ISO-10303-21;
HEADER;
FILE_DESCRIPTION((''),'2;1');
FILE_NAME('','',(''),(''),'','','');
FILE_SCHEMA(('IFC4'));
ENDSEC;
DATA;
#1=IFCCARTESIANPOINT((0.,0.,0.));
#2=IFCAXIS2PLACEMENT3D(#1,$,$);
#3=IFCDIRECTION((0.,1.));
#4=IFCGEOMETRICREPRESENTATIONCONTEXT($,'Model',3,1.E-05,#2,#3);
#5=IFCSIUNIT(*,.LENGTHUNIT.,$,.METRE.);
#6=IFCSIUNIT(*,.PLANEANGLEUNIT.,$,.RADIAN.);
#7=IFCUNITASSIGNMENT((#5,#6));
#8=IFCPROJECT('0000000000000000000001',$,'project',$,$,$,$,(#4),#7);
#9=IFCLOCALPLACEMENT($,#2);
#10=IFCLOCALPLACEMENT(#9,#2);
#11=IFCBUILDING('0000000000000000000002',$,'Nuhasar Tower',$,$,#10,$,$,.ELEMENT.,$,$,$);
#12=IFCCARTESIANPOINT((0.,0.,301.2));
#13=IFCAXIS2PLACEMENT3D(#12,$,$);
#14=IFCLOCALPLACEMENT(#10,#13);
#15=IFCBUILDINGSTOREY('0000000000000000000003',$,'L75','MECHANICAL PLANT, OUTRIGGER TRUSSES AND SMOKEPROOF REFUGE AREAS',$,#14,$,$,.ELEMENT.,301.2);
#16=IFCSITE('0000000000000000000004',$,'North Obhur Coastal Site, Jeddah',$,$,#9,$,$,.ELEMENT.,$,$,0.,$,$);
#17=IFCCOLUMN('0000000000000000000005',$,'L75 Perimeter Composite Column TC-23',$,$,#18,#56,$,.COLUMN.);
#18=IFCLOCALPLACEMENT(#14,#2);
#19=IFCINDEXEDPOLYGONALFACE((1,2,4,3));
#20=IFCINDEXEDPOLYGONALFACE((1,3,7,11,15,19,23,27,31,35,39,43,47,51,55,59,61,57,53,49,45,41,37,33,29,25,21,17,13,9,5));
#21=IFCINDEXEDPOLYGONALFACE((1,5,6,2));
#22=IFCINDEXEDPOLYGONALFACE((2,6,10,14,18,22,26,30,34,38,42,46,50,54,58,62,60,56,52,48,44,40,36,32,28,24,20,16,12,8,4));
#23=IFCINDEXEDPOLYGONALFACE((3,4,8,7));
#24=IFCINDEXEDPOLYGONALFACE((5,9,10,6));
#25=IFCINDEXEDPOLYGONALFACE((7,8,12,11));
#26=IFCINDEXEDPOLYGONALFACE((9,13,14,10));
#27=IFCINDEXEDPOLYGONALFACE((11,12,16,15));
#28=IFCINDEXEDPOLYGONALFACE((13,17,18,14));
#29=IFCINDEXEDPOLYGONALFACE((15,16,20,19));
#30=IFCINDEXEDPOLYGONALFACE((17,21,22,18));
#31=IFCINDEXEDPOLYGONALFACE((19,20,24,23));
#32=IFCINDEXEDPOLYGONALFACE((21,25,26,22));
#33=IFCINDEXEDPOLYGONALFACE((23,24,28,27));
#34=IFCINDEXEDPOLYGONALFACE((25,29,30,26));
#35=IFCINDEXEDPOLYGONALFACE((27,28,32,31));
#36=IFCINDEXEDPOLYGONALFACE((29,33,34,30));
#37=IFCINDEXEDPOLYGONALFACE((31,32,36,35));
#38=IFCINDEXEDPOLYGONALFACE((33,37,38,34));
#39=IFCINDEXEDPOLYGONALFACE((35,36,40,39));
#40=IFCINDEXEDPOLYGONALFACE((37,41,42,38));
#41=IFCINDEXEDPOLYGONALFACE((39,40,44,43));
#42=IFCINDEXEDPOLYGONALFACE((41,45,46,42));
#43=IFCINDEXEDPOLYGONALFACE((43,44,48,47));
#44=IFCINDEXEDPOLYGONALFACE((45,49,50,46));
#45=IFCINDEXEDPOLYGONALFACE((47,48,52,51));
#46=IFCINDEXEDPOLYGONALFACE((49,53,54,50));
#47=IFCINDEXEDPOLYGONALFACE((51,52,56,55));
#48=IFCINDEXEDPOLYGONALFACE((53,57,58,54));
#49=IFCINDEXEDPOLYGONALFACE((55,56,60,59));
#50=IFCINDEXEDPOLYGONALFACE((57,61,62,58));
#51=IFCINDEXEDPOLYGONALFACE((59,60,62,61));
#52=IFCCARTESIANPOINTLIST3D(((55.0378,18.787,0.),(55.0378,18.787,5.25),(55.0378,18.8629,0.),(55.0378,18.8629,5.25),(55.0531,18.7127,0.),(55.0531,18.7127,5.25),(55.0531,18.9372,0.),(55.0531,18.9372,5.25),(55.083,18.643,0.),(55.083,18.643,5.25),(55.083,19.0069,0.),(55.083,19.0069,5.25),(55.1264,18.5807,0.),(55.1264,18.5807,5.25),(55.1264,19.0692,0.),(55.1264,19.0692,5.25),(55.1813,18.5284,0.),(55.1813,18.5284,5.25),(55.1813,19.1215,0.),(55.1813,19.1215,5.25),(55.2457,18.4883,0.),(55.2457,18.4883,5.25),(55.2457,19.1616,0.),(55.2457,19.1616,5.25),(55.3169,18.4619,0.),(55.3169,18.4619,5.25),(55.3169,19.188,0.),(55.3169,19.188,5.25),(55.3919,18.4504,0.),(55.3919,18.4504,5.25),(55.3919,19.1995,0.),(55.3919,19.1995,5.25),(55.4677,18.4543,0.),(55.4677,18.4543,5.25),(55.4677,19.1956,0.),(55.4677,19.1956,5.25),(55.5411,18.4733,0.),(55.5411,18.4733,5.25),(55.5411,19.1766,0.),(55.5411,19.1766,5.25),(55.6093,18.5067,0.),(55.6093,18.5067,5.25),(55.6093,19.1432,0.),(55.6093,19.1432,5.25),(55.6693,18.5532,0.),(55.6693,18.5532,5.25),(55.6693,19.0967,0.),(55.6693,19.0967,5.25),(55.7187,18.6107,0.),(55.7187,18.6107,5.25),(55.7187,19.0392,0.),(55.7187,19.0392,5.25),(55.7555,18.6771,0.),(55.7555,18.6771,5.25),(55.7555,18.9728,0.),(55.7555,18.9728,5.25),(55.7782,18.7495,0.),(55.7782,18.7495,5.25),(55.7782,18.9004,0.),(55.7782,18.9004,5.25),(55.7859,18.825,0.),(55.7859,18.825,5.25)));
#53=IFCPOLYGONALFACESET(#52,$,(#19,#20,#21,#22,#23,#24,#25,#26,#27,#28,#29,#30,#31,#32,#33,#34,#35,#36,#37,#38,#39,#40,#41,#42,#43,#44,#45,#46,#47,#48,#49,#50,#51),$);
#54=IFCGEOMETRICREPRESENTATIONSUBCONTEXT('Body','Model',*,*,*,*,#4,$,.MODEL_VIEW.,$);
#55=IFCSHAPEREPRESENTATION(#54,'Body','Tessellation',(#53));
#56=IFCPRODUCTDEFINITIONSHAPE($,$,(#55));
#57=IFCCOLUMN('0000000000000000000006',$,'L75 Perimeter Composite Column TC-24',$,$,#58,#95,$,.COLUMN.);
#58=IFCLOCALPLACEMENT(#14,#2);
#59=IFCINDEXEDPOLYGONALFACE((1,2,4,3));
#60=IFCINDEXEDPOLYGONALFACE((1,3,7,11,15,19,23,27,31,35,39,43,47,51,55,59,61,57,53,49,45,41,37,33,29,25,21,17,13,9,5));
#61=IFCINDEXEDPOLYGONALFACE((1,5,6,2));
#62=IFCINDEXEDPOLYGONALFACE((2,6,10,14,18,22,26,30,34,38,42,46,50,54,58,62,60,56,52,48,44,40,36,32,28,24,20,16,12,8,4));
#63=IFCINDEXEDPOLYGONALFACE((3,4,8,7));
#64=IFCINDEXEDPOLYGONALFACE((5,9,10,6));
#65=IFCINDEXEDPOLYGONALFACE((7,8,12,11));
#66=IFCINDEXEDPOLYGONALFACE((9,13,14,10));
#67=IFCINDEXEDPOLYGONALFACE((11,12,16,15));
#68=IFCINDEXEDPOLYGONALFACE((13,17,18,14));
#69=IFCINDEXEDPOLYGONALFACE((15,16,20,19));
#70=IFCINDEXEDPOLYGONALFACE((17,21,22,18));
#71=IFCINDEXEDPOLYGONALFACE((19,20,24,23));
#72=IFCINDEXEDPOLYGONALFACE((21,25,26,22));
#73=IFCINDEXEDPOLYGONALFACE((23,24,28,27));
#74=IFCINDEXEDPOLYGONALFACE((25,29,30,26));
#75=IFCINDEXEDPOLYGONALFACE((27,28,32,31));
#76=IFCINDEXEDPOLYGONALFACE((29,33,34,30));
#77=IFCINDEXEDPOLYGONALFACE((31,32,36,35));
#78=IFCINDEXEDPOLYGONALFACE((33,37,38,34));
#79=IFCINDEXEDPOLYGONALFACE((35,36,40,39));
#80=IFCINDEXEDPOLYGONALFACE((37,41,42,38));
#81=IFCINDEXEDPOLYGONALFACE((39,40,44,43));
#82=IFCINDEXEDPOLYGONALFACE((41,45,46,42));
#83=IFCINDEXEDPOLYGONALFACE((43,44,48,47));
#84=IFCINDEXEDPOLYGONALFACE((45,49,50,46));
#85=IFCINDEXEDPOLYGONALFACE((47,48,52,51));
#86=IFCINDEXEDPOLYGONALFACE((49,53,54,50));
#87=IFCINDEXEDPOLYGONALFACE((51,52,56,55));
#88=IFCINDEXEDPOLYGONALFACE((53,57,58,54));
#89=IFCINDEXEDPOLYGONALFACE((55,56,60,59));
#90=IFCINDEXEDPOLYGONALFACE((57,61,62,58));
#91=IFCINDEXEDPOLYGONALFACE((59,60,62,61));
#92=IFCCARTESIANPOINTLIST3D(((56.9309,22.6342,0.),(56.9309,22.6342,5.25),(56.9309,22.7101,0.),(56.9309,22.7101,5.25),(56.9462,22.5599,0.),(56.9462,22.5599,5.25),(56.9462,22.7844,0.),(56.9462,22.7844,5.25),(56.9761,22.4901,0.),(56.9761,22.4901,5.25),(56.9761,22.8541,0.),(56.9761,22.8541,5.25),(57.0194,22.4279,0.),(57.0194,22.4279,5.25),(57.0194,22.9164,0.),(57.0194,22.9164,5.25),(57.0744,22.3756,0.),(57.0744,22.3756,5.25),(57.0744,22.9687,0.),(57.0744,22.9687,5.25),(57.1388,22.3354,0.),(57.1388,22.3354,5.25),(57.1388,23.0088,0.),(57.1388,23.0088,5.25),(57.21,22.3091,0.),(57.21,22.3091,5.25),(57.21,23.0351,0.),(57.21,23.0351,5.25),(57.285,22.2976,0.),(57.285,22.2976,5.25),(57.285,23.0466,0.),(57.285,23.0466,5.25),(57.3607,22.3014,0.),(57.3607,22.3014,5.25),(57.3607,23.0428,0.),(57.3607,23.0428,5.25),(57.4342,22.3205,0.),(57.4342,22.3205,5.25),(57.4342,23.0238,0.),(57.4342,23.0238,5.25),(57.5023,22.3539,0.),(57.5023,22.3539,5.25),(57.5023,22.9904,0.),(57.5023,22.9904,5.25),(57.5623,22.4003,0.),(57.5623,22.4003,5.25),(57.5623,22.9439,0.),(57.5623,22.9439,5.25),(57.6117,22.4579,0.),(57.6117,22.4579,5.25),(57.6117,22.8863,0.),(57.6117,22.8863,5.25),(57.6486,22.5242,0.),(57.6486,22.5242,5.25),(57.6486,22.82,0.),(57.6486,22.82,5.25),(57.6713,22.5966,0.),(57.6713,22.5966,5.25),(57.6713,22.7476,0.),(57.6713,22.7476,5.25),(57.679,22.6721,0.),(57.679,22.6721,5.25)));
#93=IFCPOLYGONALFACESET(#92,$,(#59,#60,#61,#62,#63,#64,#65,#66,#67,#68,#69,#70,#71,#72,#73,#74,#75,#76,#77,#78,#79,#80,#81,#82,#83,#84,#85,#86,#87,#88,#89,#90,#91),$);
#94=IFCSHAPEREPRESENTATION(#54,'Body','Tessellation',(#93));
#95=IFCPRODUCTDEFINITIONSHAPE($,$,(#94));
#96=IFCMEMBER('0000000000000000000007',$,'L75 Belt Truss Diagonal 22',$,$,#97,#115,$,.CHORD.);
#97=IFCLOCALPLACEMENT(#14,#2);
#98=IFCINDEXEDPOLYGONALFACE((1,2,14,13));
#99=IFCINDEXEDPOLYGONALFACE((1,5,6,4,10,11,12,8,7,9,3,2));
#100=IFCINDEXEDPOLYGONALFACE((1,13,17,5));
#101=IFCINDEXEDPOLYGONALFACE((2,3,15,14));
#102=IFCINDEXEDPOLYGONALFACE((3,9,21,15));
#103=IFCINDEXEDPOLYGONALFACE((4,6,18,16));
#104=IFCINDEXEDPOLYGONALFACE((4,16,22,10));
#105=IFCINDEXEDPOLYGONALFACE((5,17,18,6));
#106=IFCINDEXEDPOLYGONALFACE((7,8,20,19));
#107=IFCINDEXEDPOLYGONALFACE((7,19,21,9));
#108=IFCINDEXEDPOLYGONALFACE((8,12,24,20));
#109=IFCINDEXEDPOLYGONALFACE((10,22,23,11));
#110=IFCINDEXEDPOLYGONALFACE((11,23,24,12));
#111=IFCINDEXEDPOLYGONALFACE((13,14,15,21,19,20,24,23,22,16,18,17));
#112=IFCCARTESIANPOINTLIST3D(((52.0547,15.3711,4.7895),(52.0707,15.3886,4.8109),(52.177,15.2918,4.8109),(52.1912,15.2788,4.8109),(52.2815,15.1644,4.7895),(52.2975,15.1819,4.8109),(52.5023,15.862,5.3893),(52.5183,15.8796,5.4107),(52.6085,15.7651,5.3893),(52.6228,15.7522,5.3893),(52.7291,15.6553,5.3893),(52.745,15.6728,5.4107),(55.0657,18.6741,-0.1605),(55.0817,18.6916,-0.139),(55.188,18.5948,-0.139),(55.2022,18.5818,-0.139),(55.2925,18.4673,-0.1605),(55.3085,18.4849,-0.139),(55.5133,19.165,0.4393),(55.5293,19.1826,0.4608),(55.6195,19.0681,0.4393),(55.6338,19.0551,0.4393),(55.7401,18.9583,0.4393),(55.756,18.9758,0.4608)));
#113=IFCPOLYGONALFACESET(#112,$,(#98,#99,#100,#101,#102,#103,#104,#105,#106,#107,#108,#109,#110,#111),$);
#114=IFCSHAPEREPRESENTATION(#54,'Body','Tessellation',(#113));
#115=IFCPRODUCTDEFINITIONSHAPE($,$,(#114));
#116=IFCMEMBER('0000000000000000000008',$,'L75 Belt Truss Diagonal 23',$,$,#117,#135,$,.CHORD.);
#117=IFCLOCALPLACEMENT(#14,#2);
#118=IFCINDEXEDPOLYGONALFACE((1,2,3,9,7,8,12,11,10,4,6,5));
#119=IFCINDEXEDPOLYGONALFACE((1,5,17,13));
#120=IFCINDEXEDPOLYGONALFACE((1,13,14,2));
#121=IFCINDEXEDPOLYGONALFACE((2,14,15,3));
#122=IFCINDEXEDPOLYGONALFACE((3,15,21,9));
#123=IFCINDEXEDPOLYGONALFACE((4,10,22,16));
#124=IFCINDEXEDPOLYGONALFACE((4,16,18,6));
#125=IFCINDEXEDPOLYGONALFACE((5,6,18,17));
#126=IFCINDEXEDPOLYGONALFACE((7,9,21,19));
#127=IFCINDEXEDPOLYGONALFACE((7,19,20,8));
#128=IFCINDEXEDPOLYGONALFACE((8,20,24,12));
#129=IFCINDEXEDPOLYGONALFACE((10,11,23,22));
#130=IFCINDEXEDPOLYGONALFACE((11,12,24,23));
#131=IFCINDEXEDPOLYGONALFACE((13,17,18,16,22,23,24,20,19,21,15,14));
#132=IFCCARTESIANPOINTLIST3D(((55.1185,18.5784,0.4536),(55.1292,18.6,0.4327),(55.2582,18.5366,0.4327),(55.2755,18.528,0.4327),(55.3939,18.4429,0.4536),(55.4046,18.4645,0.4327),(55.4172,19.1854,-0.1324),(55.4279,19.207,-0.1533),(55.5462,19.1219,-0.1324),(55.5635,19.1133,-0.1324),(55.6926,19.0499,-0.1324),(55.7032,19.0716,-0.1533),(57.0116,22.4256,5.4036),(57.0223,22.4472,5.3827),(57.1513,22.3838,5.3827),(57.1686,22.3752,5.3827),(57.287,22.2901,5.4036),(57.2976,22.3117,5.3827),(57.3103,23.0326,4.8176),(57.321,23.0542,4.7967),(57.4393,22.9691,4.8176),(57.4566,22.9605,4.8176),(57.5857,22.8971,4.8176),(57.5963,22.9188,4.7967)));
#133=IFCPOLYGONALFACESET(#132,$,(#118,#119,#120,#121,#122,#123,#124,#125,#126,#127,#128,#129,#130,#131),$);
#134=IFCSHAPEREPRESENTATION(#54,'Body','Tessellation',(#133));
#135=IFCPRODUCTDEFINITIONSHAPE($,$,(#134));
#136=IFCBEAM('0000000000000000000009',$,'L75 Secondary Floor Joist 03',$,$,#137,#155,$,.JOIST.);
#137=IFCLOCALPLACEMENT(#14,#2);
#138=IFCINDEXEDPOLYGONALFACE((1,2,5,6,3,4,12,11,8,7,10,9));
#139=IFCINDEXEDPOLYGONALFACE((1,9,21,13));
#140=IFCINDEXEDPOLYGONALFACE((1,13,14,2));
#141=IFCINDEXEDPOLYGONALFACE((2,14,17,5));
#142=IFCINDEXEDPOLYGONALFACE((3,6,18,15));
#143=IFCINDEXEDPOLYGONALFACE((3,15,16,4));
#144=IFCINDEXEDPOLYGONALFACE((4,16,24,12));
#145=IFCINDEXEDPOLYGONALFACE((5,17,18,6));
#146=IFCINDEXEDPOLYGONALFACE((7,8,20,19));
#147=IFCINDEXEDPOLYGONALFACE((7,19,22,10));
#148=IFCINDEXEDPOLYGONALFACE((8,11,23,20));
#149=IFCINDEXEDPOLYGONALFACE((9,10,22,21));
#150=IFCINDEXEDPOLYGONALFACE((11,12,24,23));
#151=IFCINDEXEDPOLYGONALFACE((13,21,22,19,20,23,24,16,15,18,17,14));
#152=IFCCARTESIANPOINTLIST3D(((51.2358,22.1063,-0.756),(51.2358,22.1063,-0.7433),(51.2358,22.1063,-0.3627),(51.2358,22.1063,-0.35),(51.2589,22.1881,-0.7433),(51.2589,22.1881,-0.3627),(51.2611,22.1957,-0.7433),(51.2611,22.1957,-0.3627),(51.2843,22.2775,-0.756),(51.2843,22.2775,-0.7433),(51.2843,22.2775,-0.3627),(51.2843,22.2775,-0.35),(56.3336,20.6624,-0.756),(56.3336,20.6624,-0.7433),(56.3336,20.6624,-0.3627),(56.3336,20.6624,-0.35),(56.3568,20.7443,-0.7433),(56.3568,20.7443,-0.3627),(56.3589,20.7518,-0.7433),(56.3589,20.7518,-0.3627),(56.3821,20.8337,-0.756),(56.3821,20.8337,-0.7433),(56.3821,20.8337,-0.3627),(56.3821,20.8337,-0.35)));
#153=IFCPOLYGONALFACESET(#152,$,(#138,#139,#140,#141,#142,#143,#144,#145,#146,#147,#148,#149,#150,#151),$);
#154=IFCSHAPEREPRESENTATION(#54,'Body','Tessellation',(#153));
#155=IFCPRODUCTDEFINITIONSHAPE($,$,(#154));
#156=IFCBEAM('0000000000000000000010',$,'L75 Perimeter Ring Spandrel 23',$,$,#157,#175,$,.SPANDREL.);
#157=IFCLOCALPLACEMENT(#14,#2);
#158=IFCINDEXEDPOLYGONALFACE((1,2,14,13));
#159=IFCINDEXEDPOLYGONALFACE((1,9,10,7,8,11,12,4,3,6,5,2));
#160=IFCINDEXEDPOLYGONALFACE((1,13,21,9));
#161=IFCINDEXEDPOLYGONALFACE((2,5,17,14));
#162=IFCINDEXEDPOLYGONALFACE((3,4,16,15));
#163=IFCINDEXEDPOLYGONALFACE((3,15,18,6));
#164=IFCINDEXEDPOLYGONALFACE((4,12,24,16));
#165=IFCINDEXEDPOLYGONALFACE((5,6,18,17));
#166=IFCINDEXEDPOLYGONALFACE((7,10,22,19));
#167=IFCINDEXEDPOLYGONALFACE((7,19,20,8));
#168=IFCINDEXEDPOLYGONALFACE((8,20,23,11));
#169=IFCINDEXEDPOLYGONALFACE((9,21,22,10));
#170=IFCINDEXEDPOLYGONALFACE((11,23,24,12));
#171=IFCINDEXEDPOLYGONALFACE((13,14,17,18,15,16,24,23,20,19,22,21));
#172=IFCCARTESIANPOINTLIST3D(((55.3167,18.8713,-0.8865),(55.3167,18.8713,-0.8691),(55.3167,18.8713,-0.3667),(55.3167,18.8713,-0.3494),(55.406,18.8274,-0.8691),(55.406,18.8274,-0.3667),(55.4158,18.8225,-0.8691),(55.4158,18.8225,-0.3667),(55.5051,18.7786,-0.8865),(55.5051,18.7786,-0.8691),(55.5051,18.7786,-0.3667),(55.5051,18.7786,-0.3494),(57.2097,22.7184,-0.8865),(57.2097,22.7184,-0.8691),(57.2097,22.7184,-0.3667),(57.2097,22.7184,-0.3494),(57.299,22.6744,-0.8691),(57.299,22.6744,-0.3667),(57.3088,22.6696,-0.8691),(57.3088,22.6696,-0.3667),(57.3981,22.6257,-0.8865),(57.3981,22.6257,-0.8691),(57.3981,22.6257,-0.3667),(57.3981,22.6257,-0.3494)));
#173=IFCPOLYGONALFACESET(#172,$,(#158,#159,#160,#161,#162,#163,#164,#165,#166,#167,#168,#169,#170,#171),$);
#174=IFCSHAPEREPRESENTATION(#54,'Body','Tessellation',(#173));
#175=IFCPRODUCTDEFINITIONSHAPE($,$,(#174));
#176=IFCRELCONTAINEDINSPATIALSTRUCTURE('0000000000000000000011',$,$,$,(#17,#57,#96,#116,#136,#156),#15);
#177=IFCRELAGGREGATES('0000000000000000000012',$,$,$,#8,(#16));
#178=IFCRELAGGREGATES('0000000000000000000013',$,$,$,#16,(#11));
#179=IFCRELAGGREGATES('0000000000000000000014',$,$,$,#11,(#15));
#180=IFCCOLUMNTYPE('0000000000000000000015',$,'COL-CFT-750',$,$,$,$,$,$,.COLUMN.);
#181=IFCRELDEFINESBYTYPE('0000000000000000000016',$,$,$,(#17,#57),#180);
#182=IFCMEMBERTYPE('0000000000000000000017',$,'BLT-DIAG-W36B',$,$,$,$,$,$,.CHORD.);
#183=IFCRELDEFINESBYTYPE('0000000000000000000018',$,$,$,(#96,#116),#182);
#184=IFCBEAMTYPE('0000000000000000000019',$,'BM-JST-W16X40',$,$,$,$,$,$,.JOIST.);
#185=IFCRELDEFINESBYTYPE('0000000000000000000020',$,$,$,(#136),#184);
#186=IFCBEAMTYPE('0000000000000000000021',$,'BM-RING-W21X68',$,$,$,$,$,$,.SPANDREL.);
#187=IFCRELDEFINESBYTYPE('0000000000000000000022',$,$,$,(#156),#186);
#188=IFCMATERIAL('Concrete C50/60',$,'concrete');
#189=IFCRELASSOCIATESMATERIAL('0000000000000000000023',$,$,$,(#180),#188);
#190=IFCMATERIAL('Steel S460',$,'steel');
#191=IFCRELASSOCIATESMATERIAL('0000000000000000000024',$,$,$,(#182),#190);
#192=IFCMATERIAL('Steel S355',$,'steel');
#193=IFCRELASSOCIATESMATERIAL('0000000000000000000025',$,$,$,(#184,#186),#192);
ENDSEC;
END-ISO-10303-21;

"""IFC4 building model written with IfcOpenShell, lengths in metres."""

from ifc_helpers import new_model, si_unit, direction, frame, origin, origin_2d, place, context, subcontext, project, spatial, circle, i_section, extrude, material, material_profile, profile_set, type_object, element, save


model = new_model("IFC4")

# Units and contexts
model_context = context("Model", 3, precision=1e-05, world=origin(), true_north=direction((0.0, 1.0)))
body_context = subcontext(model_context, "Body", "Model", "MODEL_VIEW")
ifc_project = project(units=[si_unit("LENGTHUNIT", "METRE"), si_unit("PLANEANGLEUNIT", "RADIAN")], contexts=[model_context])

# Site, building, storey
site_placement = place(None, origin())
site = spatial("IfcSite", under=ifc_project, at=site_placement, Name="North Obhur Coastal Site, Jeddah", CompositionType="ELEMENT", RefElevation=0.0)
building_placement = place(site_placement, origin())
building = spatial("IfcBuilding", under=site, at=building_placement, Name="Nuhasar Tower", CompositionType="ELEMENT")
storey_placement = place(building_placement, frame((0.0, 0.0, 301.2)))
storey = spatial("IfcBuildingStorey", under=building, at=storey_placement, Name="L75", Description="MECHANICAL PLANT, OUTRIGGER TRUSSES AND SMOKEPROOF REFUGE AREAS", CompositionType="ELEMENT", Elevation=301.2)

# Columns
ifc_material_1 = material(Name="Concrete C50/60", Category="concrete")
ifc_material_profile_1 = material_profile(ifc_material_1, circle(Radius=0.375, at=origin_2d()), Name="CFT750")
ifc_profile_set_1 = profile_set([ifc_material_profile_1], Name="Concrete C50/60")
column_type = type_object("IfcColumnType", Name="COL-CFT-750", PredefinedType="COLUMN", material=ifc_profile_set_1)
for number, where, z_axis, x_axis, name in (
    (1, (55.4109, 18.825, 0.0), (0.0, 0.0, 1.0), (1.0, 0.0, 0.0), "L75 Perimeter Composite Column TC-23"),
    (2, (57.304, 22.6721, 0.0), (0.0, 0.0, 1.0), (1.0, 0.0, 0.0), "L75 Perimeter Composite Column TC-24"),
):
    element("IfcColumn", number, at=place(storey_placement, frame(where, z_axis=z_axis, x_axis=x_axis)), inside=storey, type_object=column_type, Name=name, PredefinedType="COLUMN", context=body_context, shape_type="SweptSolid", body=[
        extrude(circle(Radius=0.375, at=origin_2d()), origin(), (0.0, 0.0, 1.0), 5.25),
    ])

# Members
ifc_material_2 = material(Name="Steel S460", Category="steel")
ifc_material_profile_2 = material_profile(ifc_material_2, i_section(OverallWidth=0.3069, OverallDepth=0.927, WebThickness=0.0193, FlangeThickness=0.032, at=origin_2d()), Name="W36X194")
ifc_profile_set_2 = profile_set([ifc_material_profile_2], Name="Steel S460")
member_type_1 = type_object("IfcMemberType", Name="BLT-DIAG-W36B", PredefinedType="CHORD", material=ifc_profile_set_2)
member_1_placement = place(storey_placement, frame((55.4109, 18.825, 0.1501), z_axis=(-0.451479, -0.495261, 0.742215), x_axis=(0.739017, -0.673686, 0.0)))
element("IfcMember", 3, at=member_1_placement, inside=storey, type_object=member_type_1, Name="L75 Belt Truss Diagonal 22", PredefinedType="CHORD", context=body_context, shape_type="SweptSolid", body=[
    extrude(i_section(OverallWidth=0.3069, OverallDepth=0.927, WebThickness=0.0193, FlangeThickness=0.032, at=origin_2d()), origin(), (0.0, 0.0, 1.0), 6.6692),
])
member_2_placement = place(storey_placement, frame((55.4109, 18.825, 0.1501), z_axis=(0.289072, 0.587464, 0.755859), x_axis=(-0.897256, 0.441511, 0.0)))
element("IfcMember", 4, at=member_2_placement, inside=storey, type_object=member_type_1, Name="L75 Belt Truss Diagonal 23", PredefinedType="CHORD", context=body_context, shape_type="SweptSolid", body=[
    extrude(i_section(OverallWidth=0.3069, OverallDepth=0.927, WebThickness=0.0193, FlangeThickness=0.032, at=origin_2d()), origin(), (0.0, 0.0, 1.0), 6.5488),
])

# Beams
ifc_material_3 = material(Name="Steel S355", Category="steel")
ifc_material_profile_3 = material_profile(ifc_material_3, i_section(OverallWidth=0.178, OverallDepth=0.406, WebThickness=0.0078, FlangeThickness=0.0127, at=origin_2d()), Name="W16X40")
ifc_profile_set_3 = profile_set([ifc_material_profile_3], Name="Steel S355")
beam_type_1 = type_object("IfcBeamType", Name="BM-JST-W16X40", PredefinedType="JOIST", material=ifc_profile_set_3)
beam_1_placement = place(storey_placement, frame((51.26, 22.1919, -0.553), z_axis=(0.962154, -0.272505, 0.0), x_axis=(0.272505, 0.962154, 0.0)))
element("IfcBeam", 5, at=beam_1_placement, inside=storey, type_object=beam_type_1, Name="L75 Secondary Floor Joist 03", PredefinedType="JOIST", context=body_context, shape_type="SweptSolid", body=[
    extrude(i_section(OverallWidth=0.178, OverallDepth=0.406, WebThickness=0.0078, FlangeThickness=0.0127, at=origin_2d()), origin(), (0.0, 0.0, 1.0), 5.2983),
])
ifc_material_profile_4 = material_profile(ifc_material_3, i_section(OverallWidth=0.21, OverallDepth=0.5371, WebThickness=0.011, FlangeThickness=0.0173, at=origin_2d()), Name="W21X68")
ifc_profile_set_4 = profile_set([ifc_material_profile_4], Name="Steel S355")
beam_type_2 = type_object("IfcBeamType", Name="BM-RING-W21X68", PredefinedType="SPANDREL", material=ifc_profile_set_4)
beam_2_placement = place(storey_placement, frame((55.4109, 18.825, -0.6179), z_axis=(0.441511, 0.897256, 0.0), x_axis=(-0.897256, 0.441511, 0.0)))
element("IfcBeam", 6, at=beam_2_placement, inside=storey, type_object=beam_type_2, Name="L75 Perimeter Ring Spandrel 23", PredefinedType="SPANDREL", context=body_context, shape_type="SweptSolid", body=[
    extrude(i_section(OverallWidth=0.21, OverallDepth=0.5371, WebThickness=0.011, FlangeThickness=0.0173, at=origin_2d()), origin(), (0.0, 0.0, 1.0), 4.2876),
])

save(model, "model.ifc")
